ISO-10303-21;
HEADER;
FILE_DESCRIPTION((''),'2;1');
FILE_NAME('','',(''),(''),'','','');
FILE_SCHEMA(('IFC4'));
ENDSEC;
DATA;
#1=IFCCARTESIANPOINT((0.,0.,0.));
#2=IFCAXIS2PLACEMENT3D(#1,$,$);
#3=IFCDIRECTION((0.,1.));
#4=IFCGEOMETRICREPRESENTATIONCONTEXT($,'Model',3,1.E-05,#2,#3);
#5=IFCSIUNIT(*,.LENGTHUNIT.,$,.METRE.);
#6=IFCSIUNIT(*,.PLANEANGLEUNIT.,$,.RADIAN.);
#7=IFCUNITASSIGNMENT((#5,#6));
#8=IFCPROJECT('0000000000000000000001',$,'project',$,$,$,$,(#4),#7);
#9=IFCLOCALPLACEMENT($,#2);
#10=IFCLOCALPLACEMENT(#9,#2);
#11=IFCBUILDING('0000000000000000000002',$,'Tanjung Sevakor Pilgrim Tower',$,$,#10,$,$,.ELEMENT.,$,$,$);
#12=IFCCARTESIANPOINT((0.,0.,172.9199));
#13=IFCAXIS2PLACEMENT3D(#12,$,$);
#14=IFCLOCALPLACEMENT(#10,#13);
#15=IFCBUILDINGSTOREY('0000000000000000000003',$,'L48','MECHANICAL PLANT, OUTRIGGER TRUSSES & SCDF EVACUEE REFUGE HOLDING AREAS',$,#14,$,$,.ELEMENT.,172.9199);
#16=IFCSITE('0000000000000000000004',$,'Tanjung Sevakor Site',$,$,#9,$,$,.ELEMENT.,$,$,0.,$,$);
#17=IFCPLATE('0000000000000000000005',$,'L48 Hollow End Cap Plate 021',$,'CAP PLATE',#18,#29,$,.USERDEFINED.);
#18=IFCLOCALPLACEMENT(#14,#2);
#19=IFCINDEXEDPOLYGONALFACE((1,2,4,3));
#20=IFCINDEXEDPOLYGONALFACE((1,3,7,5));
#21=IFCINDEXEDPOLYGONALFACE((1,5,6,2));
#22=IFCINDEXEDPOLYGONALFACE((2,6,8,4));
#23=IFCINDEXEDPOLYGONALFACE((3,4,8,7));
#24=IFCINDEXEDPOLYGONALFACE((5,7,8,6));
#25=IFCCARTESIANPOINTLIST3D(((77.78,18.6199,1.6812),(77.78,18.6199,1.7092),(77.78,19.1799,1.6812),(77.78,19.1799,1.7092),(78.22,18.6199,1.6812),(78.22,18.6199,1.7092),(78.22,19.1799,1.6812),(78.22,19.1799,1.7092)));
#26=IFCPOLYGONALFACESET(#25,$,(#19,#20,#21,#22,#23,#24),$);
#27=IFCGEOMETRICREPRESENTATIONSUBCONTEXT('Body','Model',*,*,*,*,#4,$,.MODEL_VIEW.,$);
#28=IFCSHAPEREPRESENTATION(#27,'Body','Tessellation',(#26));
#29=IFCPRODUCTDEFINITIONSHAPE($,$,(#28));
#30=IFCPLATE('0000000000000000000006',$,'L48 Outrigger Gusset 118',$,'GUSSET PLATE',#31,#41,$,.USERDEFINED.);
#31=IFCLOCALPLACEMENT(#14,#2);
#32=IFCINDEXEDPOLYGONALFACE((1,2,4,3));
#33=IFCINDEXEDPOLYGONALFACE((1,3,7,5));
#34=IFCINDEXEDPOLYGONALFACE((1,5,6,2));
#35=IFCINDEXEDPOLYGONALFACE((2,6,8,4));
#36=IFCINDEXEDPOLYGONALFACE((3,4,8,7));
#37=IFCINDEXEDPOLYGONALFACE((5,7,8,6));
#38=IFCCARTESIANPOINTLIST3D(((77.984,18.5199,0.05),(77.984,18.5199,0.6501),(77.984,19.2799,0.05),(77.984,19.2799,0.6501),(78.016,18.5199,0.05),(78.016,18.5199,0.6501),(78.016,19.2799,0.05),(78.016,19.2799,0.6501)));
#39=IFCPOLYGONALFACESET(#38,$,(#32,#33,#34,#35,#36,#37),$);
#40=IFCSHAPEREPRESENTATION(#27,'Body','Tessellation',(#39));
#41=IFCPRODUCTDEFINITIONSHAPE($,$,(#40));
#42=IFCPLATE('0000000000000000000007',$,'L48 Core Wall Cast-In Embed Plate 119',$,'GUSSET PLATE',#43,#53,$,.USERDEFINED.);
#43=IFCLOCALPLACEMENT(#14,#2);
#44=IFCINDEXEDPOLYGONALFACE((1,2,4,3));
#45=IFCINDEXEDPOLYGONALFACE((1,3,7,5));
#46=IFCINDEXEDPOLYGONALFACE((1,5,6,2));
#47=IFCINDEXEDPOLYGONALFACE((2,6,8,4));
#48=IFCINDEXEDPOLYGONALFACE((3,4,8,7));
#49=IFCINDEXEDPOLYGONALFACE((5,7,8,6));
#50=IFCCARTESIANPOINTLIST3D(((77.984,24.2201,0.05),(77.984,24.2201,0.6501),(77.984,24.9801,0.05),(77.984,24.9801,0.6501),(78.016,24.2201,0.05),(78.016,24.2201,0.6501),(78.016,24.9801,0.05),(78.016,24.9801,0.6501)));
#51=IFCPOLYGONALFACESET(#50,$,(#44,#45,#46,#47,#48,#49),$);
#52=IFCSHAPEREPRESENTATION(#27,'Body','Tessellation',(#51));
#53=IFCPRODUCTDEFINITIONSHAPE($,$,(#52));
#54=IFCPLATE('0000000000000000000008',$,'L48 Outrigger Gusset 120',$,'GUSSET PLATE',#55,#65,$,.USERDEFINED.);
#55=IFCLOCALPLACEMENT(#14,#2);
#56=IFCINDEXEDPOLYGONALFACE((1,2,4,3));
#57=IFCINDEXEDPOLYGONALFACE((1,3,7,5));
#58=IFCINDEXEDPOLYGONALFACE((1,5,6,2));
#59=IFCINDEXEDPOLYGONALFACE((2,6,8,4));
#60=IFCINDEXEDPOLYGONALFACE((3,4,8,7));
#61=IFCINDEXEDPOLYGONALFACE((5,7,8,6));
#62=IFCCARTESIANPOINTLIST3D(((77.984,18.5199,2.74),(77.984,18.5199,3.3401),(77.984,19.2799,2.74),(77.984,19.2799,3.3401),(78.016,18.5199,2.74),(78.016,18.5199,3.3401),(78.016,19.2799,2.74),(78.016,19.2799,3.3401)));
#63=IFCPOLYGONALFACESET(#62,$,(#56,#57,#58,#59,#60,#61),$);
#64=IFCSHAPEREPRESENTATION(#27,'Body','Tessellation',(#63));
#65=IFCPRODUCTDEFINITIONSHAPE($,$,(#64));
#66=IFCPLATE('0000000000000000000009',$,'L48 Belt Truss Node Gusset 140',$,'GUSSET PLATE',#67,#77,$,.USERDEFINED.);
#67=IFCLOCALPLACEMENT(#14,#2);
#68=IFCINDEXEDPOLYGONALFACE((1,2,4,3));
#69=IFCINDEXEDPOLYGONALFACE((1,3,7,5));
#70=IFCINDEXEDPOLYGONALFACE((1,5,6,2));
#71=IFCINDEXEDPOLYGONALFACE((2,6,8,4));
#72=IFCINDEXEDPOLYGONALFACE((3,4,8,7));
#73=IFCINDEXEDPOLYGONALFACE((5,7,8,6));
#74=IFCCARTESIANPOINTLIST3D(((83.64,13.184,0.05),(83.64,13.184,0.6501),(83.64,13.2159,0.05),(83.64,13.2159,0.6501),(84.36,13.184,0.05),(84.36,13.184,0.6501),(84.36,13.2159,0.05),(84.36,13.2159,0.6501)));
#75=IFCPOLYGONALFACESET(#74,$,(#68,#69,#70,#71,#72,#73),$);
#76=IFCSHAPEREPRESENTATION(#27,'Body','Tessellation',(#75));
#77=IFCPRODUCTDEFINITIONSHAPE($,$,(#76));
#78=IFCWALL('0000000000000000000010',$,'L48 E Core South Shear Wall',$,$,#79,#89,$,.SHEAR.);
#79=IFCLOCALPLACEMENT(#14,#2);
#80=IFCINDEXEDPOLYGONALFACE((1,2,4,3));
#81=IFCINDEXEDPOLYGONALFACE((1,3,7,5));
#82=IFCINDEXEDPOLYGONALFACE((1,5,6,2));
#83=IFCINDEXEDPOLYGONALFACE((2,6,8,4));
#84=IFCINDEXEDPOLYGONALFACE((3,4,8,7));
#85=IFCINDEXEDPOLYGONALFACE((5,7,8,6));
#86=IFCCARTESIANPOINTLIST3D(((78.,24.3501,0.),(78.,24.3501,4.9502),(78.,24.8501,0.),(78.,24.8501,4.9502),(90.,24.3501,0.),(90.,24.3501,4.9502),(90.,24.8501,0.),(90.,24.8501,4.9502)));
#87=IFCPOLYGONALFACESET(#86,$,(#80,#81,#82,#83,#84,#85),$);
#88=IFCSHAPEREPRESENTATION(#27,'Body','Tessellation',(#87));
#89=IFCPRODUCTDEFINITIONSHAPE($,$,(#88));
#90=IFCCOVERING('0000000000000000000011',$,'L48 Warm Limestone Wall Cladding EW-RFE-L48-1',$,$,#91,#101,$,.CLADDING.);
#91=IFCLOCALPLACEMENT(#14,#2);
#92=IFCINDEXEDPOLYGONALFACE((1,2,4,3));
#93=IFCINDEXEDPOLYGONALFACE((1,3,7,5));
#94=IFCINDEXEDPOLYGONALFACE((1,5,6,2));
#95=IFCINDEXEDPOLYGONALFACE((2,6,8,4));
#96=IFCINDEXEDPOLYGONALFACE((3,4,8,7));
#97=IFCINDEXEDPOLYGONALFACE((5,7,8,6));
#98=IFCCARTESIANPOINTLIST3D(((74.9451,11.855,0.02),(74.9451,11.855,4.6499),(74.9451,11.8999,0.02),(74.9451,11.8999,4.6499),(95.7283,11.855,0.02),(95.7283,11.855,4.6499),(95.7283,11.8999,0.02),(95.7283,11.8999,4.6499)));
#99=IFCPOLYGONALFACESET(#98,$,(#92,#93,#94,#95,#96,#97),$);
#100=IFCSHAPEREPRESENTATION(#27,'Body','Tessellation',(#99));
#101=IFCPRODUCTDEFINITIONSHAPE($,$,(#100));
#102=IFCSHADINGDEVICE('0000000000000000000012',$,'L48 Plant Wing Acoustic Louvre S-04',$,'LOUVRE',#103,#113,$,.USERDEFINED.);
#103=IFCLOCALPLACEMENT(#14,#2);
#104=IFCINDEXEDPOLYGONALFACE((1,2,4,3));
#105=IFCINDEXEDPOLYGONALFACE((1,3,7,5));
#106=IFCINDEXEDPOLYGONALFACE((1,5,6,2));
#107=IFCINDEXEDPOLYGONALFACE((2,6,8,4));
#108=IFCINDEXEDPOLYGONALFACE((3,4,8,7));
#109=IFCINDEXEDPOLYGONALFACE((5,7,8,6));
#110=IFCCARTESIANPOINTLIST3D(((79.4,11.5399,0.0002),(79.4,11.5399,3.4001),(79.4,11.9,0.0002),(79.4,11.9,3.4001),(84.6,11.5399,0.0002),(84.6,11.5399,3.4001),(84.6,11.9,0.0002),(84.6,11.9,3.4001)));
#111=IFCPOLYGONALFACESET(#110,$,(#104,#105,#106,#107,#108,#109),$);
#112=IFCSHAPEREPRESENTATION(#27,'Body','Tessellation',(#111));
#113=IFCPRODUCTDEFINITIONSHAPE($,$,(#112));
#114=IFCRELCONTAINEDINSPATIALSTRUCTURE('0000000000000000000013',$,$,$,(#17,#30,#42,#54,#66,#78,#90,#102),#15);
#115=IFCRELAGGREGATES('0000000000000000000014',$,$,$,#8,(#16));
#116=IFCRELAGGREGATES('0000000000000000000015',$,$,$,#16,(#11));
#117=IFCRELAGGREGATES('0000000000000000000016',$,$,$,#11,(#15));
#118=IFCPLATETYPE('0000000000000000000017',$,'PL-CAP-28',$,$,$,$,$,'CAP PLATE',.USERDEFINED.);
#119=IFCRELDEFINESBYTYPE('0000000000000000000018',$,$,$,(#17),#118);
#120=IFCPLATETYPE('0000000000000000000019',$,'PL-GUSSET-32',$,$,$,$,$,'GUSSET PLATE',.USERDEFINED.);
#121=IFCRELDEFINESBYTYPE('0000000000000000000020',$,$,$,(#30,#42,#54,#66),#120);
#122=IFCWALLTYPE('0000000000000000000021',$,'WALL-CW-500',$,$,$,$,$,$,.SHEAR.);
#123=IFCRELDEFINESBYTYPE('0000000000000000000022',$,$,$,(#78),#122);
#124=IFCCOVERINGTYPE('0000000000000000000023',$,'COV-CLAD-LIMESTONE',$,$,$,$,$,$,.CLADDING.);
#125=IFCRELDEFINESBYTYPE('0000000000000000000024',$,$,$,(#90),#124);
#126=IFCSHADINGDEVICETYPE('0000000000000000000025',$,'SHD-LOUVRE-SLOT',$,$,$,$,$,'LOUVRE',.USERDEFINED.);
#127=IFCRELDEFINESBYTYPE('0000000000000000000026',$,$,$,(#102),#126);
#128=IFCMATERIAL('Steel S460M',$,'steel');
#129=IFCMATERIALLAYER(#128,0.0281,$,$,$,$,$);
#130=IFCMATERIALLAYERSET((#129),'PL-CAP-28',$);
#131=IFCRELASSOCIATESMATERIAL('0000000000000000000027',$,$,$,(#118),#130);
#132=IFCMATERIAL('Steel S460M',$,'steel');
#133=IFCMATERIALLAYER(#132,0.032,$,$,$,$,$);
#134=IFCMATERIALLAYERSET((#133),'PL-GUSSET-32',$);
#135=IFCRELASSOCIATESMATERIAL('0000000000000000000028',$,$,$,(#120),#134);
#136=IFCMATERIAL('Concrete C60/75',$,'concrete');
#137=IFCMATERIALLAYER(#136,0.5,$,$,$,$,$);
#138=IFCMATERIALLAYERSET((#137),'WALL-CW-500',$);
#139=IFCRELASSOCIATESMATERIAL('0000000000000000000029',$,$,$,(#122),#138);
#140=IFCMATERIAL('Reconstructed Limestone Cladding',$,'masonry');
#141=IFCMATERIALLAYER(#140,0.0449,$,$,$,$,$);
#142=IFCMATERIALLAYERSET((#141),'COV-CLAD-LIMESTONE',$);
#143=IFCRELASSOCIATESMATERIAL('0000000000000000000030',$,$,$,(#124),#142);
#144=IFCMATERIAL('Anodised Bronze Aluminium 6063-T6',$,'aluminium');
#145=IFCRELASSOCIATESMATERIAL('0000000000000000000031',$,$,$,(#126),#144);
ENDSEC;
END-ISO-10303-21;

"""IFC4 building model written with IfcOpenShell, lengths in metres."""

from ifc_helpers import new_model, si_unit, direction, frame, frame_2d, origin, origin_2d, place, context, subcontext, project, spatial, rectangle, extrude, material, layer, layer_set, type_object, element, save


model = new_model("IFC4")

# Units and contexts
model_context = context("Model", 3, precision=1e-05, world=origin(), true_north=direction((0.0, 1.0)))
body_context = subcontext(model_context, "Body", "Model", "MODEL_VIEW")
ifc_project = project(units=[si_unit("LENGTHUNIT", "METRE"), si_unit("PLANEANGLEUNIT", "RADIAN")], contexts=[model_context])

# Site, building, storey
site_placement = place(None, origin())
site = spatial("IfcSite", under=ifc_project, at=site_placement, Name="Tanjung Sevakor Site", CompositionType="ELEMENT", RefElevation=0.0)
building_placement = place(site_placement, origin())
building = spatial("IfcBuilding", under=site, at=building_placement, Name="Tanjung Sevakor Pilgrim Tower", CompositionType="ELEMENT")
storey_placement = place(building_placement, frame((0.0, 0.0, 172.9199)))
storey = spatial("IfcBuildingStorey", under=building, at=storey_placement, Name="L48", Description="MECHANICAL PLANT, OUTRIGGER TRUSSES & SCDF EVACUEE REFUGE HOLDING AREAS", CompositionType="ELEMENT", Elevation=172.9199)

# Plates
ifc_material_1 = material(Name="Steel S460M", Category="steel")
ifc_layer_1 = layer(ifc_material_1, 0.0281)
ifc_layer_set_1 = layer_set([ifc_layer_1], Name="PL-CAP-28")
plate_type_1 = type_object("IfcPlateType", Name="PL-CAP-28", ElementType="CAP PLATE", PredefinedType="USERDEFINED", material=ifc_layer_set_1)
plate_1_placement = place(storey_placement, frame((78.0, 18.8999, 1.6812), z_axis=(0.0, 0.0, 1.0), x_axis=(1.0, 0.0, 0.0)))
element("IfcPlate", 1, at=plate_1_placement, inside=storey, type_object=plate_type_1, Name="L48 Hollow End Cap Plate 021", ObjectType="CAP PLATE", PredefinedType="USERDEFINED", context=body_context, shape_type="SweptSolid", body=[
    extrude(rectangle(XDim=0.4399, YDim=0.5601, at=origin_2d()), origin(), (0.0, 0.0, 1.0), 0.0281),
])
ifc_material_2 = material(Name="Steel S460M", Category="steel")
ifc_layer_2 = layer(ifc_material_2, 0.032)
ifc_layer_set_2 = layer_set([ifc_layer_2], Name="PL-GUSSET-32")
plate_type_2 = type_object("IfcPlateType", Name="PL-GUSSET-32", ElementType="GUSSET PLATE", PredefinedType="USERDEFINED", material=ifc_layer_set_2)
for number, where, z_axis, x_axis, name in (
    (2, (78.0, 18.8999, 0.05), (0.0, 0.0, 1.0), (1.0, 0.0, 0.0), "L48 Outrigger Gusset 118"),
    (3, (78.0, 24.6001, 0.05), (0.0, 0.0, 1.0), (1.0, 0.0, 0.0), "L48 Core Wall Cast-In Embed Plate 119"),
    (4, (78.0, 18.8999, 2.74), (0.0, 0.0, 1.0), (1.0, 0.0, 0.0), "L48 Outrigger Gusset 120"),
):
    element("IfcPlate", number, at=place(storey_placement, frame(where, z_axis=z_axis, x_axis=x_axis)), inside=storey, type_object=plate_type_2, Name=name, ObjectType="GUSSET PLATE", PredefinedType="USERDEFINED", context=body_context, shape_type="SweptSolid", body=[
        extrude(rectangle(XDim=0.032, YDim=0.76, at=origin_2d()), origin(), (0.0, 0.0, 1.0), 0.6001),
    ])
plate_2_placement = place(storey_placement, frame((84.0, 13.2, 0.05), z_axis=(0.0, 0.0, 1.0), x_axis=(1.0, 0.0, 0.0)))
element("IfcPlate", 5, at=plate_2_placement, inside=storey, type_object=plate_type_2, Name="L48 Belt Truss Node Gusset 140", ObjectType="GUSSET PLATE", PredefinedType="USERDEFINED", context=body_context, shape_type="SweptSolid", body=[
    extrude(rectangle(XDim=0.72, YDim=0.032, at=origin_2d()), origin(), (0.0, 0.0, 1.0), 0.6001),
])

# Wall
ifc_material_3 = material(Name="Concrete C60/75", Category="concrete")
ifc_layer_3 = layer(ifc_material_3, 0.5)
ifc_layer_set_3 = layer_set([ifc_layer_3], Name="WALL-CW-500")
wall_type = type_object("IfcWallType", Name="WALL-CW-500", PredefinedType="SHEAR", material=ifc_layer_set_3)
wall_placement = place(storey_placement, frame((78.0, 24.6001, 0.0), z_axis=(0.0, 0.0, 1.0), x_axis=(1.0, 0.0, 0.0)))
element("IfcWall", 6, at=wall_placement, inside=storey, type_object=wall_type, Name="L48 E Core South Shear Wall", PredefinedType="SHEAR", context=body_context, shape_type="SweptSolid", body=[
    extrude(rectangle(XDim=12.0, YDim=0.5, at=frame_2d((6.0, 0.0))), origin(), (0.0, 0.0, 1.0), 4.9502),
])

# Covering
ifc_material_4 = material(Name="Reconstructed Limestone Cladding", Category="masonry")
ifc_layer_4 = layer(ifc_material_4, 0.0449)
ifc_layer_set_4 = layer_set([ifc_layer_4], Name="COV-CLAD-LIMESTONE")
covering_type = type_object("IfcCoveringType", Name="COV-CLAD-LIMESTONE", PredefinedType="CLADDING", material=ifc_layer_set_4)
covering_placement = place(storey_placement, frame((85.3367, 11.8774, 0.02), z_axis=(0.0, 0.0, 1.0), x_axis=(1.0, 0.0, 0.0)))
element("IfcCovering", 7, at=covering_placement, inside=storey, type_object=covering_type, Name="L48 Warm Limestone Wall Cladding EW-RFE-L48-1", PredefinedType="CLADDING", context=body_context, shape_type="SweptSolid", body=[
    extrude(rectangle(XDim=20.7832, YDim=0.0449, at=origin_2d()), origin(), (0.0, 0.0, 1.0), 4.6299),
])

# Shading device
ifc_material_5 = material(Name="Anodised Bronze Aluminium 6063-T6", Category="aluminium")
shading_device_type = type_object("IfcShadingDeviceType", Name="SHD-LOUVRE-SLOT", ElementType="LOUVRE", PredefinedType="USERDEFINED", material=ifc_material_5)
shading_device_placement = place(storey_placement, frame((82.0, 11.72, 0.0002), z_axis=(0.0, 0.0, 1.0), x_axis=(1.0, 0.0, 0.0)))
element("IfcShadingDevice", 8, at=shading_device_placement, inside=storey, type_object=shading_device_type, Name="L48 Plant Wing Acoustic Louvre S-04", ObjectType="LOUVRE", PredefinedType="USERDEFINED", context=body_context, shape_type="SweptSolid", body=[
    extrude(rectangle(XDim=5.2, YDim=0.3601, at=origin_2d()), origin(), (0.0, 0.0, 1.0), 3.3999),
])

save(model, "model.ifc")
